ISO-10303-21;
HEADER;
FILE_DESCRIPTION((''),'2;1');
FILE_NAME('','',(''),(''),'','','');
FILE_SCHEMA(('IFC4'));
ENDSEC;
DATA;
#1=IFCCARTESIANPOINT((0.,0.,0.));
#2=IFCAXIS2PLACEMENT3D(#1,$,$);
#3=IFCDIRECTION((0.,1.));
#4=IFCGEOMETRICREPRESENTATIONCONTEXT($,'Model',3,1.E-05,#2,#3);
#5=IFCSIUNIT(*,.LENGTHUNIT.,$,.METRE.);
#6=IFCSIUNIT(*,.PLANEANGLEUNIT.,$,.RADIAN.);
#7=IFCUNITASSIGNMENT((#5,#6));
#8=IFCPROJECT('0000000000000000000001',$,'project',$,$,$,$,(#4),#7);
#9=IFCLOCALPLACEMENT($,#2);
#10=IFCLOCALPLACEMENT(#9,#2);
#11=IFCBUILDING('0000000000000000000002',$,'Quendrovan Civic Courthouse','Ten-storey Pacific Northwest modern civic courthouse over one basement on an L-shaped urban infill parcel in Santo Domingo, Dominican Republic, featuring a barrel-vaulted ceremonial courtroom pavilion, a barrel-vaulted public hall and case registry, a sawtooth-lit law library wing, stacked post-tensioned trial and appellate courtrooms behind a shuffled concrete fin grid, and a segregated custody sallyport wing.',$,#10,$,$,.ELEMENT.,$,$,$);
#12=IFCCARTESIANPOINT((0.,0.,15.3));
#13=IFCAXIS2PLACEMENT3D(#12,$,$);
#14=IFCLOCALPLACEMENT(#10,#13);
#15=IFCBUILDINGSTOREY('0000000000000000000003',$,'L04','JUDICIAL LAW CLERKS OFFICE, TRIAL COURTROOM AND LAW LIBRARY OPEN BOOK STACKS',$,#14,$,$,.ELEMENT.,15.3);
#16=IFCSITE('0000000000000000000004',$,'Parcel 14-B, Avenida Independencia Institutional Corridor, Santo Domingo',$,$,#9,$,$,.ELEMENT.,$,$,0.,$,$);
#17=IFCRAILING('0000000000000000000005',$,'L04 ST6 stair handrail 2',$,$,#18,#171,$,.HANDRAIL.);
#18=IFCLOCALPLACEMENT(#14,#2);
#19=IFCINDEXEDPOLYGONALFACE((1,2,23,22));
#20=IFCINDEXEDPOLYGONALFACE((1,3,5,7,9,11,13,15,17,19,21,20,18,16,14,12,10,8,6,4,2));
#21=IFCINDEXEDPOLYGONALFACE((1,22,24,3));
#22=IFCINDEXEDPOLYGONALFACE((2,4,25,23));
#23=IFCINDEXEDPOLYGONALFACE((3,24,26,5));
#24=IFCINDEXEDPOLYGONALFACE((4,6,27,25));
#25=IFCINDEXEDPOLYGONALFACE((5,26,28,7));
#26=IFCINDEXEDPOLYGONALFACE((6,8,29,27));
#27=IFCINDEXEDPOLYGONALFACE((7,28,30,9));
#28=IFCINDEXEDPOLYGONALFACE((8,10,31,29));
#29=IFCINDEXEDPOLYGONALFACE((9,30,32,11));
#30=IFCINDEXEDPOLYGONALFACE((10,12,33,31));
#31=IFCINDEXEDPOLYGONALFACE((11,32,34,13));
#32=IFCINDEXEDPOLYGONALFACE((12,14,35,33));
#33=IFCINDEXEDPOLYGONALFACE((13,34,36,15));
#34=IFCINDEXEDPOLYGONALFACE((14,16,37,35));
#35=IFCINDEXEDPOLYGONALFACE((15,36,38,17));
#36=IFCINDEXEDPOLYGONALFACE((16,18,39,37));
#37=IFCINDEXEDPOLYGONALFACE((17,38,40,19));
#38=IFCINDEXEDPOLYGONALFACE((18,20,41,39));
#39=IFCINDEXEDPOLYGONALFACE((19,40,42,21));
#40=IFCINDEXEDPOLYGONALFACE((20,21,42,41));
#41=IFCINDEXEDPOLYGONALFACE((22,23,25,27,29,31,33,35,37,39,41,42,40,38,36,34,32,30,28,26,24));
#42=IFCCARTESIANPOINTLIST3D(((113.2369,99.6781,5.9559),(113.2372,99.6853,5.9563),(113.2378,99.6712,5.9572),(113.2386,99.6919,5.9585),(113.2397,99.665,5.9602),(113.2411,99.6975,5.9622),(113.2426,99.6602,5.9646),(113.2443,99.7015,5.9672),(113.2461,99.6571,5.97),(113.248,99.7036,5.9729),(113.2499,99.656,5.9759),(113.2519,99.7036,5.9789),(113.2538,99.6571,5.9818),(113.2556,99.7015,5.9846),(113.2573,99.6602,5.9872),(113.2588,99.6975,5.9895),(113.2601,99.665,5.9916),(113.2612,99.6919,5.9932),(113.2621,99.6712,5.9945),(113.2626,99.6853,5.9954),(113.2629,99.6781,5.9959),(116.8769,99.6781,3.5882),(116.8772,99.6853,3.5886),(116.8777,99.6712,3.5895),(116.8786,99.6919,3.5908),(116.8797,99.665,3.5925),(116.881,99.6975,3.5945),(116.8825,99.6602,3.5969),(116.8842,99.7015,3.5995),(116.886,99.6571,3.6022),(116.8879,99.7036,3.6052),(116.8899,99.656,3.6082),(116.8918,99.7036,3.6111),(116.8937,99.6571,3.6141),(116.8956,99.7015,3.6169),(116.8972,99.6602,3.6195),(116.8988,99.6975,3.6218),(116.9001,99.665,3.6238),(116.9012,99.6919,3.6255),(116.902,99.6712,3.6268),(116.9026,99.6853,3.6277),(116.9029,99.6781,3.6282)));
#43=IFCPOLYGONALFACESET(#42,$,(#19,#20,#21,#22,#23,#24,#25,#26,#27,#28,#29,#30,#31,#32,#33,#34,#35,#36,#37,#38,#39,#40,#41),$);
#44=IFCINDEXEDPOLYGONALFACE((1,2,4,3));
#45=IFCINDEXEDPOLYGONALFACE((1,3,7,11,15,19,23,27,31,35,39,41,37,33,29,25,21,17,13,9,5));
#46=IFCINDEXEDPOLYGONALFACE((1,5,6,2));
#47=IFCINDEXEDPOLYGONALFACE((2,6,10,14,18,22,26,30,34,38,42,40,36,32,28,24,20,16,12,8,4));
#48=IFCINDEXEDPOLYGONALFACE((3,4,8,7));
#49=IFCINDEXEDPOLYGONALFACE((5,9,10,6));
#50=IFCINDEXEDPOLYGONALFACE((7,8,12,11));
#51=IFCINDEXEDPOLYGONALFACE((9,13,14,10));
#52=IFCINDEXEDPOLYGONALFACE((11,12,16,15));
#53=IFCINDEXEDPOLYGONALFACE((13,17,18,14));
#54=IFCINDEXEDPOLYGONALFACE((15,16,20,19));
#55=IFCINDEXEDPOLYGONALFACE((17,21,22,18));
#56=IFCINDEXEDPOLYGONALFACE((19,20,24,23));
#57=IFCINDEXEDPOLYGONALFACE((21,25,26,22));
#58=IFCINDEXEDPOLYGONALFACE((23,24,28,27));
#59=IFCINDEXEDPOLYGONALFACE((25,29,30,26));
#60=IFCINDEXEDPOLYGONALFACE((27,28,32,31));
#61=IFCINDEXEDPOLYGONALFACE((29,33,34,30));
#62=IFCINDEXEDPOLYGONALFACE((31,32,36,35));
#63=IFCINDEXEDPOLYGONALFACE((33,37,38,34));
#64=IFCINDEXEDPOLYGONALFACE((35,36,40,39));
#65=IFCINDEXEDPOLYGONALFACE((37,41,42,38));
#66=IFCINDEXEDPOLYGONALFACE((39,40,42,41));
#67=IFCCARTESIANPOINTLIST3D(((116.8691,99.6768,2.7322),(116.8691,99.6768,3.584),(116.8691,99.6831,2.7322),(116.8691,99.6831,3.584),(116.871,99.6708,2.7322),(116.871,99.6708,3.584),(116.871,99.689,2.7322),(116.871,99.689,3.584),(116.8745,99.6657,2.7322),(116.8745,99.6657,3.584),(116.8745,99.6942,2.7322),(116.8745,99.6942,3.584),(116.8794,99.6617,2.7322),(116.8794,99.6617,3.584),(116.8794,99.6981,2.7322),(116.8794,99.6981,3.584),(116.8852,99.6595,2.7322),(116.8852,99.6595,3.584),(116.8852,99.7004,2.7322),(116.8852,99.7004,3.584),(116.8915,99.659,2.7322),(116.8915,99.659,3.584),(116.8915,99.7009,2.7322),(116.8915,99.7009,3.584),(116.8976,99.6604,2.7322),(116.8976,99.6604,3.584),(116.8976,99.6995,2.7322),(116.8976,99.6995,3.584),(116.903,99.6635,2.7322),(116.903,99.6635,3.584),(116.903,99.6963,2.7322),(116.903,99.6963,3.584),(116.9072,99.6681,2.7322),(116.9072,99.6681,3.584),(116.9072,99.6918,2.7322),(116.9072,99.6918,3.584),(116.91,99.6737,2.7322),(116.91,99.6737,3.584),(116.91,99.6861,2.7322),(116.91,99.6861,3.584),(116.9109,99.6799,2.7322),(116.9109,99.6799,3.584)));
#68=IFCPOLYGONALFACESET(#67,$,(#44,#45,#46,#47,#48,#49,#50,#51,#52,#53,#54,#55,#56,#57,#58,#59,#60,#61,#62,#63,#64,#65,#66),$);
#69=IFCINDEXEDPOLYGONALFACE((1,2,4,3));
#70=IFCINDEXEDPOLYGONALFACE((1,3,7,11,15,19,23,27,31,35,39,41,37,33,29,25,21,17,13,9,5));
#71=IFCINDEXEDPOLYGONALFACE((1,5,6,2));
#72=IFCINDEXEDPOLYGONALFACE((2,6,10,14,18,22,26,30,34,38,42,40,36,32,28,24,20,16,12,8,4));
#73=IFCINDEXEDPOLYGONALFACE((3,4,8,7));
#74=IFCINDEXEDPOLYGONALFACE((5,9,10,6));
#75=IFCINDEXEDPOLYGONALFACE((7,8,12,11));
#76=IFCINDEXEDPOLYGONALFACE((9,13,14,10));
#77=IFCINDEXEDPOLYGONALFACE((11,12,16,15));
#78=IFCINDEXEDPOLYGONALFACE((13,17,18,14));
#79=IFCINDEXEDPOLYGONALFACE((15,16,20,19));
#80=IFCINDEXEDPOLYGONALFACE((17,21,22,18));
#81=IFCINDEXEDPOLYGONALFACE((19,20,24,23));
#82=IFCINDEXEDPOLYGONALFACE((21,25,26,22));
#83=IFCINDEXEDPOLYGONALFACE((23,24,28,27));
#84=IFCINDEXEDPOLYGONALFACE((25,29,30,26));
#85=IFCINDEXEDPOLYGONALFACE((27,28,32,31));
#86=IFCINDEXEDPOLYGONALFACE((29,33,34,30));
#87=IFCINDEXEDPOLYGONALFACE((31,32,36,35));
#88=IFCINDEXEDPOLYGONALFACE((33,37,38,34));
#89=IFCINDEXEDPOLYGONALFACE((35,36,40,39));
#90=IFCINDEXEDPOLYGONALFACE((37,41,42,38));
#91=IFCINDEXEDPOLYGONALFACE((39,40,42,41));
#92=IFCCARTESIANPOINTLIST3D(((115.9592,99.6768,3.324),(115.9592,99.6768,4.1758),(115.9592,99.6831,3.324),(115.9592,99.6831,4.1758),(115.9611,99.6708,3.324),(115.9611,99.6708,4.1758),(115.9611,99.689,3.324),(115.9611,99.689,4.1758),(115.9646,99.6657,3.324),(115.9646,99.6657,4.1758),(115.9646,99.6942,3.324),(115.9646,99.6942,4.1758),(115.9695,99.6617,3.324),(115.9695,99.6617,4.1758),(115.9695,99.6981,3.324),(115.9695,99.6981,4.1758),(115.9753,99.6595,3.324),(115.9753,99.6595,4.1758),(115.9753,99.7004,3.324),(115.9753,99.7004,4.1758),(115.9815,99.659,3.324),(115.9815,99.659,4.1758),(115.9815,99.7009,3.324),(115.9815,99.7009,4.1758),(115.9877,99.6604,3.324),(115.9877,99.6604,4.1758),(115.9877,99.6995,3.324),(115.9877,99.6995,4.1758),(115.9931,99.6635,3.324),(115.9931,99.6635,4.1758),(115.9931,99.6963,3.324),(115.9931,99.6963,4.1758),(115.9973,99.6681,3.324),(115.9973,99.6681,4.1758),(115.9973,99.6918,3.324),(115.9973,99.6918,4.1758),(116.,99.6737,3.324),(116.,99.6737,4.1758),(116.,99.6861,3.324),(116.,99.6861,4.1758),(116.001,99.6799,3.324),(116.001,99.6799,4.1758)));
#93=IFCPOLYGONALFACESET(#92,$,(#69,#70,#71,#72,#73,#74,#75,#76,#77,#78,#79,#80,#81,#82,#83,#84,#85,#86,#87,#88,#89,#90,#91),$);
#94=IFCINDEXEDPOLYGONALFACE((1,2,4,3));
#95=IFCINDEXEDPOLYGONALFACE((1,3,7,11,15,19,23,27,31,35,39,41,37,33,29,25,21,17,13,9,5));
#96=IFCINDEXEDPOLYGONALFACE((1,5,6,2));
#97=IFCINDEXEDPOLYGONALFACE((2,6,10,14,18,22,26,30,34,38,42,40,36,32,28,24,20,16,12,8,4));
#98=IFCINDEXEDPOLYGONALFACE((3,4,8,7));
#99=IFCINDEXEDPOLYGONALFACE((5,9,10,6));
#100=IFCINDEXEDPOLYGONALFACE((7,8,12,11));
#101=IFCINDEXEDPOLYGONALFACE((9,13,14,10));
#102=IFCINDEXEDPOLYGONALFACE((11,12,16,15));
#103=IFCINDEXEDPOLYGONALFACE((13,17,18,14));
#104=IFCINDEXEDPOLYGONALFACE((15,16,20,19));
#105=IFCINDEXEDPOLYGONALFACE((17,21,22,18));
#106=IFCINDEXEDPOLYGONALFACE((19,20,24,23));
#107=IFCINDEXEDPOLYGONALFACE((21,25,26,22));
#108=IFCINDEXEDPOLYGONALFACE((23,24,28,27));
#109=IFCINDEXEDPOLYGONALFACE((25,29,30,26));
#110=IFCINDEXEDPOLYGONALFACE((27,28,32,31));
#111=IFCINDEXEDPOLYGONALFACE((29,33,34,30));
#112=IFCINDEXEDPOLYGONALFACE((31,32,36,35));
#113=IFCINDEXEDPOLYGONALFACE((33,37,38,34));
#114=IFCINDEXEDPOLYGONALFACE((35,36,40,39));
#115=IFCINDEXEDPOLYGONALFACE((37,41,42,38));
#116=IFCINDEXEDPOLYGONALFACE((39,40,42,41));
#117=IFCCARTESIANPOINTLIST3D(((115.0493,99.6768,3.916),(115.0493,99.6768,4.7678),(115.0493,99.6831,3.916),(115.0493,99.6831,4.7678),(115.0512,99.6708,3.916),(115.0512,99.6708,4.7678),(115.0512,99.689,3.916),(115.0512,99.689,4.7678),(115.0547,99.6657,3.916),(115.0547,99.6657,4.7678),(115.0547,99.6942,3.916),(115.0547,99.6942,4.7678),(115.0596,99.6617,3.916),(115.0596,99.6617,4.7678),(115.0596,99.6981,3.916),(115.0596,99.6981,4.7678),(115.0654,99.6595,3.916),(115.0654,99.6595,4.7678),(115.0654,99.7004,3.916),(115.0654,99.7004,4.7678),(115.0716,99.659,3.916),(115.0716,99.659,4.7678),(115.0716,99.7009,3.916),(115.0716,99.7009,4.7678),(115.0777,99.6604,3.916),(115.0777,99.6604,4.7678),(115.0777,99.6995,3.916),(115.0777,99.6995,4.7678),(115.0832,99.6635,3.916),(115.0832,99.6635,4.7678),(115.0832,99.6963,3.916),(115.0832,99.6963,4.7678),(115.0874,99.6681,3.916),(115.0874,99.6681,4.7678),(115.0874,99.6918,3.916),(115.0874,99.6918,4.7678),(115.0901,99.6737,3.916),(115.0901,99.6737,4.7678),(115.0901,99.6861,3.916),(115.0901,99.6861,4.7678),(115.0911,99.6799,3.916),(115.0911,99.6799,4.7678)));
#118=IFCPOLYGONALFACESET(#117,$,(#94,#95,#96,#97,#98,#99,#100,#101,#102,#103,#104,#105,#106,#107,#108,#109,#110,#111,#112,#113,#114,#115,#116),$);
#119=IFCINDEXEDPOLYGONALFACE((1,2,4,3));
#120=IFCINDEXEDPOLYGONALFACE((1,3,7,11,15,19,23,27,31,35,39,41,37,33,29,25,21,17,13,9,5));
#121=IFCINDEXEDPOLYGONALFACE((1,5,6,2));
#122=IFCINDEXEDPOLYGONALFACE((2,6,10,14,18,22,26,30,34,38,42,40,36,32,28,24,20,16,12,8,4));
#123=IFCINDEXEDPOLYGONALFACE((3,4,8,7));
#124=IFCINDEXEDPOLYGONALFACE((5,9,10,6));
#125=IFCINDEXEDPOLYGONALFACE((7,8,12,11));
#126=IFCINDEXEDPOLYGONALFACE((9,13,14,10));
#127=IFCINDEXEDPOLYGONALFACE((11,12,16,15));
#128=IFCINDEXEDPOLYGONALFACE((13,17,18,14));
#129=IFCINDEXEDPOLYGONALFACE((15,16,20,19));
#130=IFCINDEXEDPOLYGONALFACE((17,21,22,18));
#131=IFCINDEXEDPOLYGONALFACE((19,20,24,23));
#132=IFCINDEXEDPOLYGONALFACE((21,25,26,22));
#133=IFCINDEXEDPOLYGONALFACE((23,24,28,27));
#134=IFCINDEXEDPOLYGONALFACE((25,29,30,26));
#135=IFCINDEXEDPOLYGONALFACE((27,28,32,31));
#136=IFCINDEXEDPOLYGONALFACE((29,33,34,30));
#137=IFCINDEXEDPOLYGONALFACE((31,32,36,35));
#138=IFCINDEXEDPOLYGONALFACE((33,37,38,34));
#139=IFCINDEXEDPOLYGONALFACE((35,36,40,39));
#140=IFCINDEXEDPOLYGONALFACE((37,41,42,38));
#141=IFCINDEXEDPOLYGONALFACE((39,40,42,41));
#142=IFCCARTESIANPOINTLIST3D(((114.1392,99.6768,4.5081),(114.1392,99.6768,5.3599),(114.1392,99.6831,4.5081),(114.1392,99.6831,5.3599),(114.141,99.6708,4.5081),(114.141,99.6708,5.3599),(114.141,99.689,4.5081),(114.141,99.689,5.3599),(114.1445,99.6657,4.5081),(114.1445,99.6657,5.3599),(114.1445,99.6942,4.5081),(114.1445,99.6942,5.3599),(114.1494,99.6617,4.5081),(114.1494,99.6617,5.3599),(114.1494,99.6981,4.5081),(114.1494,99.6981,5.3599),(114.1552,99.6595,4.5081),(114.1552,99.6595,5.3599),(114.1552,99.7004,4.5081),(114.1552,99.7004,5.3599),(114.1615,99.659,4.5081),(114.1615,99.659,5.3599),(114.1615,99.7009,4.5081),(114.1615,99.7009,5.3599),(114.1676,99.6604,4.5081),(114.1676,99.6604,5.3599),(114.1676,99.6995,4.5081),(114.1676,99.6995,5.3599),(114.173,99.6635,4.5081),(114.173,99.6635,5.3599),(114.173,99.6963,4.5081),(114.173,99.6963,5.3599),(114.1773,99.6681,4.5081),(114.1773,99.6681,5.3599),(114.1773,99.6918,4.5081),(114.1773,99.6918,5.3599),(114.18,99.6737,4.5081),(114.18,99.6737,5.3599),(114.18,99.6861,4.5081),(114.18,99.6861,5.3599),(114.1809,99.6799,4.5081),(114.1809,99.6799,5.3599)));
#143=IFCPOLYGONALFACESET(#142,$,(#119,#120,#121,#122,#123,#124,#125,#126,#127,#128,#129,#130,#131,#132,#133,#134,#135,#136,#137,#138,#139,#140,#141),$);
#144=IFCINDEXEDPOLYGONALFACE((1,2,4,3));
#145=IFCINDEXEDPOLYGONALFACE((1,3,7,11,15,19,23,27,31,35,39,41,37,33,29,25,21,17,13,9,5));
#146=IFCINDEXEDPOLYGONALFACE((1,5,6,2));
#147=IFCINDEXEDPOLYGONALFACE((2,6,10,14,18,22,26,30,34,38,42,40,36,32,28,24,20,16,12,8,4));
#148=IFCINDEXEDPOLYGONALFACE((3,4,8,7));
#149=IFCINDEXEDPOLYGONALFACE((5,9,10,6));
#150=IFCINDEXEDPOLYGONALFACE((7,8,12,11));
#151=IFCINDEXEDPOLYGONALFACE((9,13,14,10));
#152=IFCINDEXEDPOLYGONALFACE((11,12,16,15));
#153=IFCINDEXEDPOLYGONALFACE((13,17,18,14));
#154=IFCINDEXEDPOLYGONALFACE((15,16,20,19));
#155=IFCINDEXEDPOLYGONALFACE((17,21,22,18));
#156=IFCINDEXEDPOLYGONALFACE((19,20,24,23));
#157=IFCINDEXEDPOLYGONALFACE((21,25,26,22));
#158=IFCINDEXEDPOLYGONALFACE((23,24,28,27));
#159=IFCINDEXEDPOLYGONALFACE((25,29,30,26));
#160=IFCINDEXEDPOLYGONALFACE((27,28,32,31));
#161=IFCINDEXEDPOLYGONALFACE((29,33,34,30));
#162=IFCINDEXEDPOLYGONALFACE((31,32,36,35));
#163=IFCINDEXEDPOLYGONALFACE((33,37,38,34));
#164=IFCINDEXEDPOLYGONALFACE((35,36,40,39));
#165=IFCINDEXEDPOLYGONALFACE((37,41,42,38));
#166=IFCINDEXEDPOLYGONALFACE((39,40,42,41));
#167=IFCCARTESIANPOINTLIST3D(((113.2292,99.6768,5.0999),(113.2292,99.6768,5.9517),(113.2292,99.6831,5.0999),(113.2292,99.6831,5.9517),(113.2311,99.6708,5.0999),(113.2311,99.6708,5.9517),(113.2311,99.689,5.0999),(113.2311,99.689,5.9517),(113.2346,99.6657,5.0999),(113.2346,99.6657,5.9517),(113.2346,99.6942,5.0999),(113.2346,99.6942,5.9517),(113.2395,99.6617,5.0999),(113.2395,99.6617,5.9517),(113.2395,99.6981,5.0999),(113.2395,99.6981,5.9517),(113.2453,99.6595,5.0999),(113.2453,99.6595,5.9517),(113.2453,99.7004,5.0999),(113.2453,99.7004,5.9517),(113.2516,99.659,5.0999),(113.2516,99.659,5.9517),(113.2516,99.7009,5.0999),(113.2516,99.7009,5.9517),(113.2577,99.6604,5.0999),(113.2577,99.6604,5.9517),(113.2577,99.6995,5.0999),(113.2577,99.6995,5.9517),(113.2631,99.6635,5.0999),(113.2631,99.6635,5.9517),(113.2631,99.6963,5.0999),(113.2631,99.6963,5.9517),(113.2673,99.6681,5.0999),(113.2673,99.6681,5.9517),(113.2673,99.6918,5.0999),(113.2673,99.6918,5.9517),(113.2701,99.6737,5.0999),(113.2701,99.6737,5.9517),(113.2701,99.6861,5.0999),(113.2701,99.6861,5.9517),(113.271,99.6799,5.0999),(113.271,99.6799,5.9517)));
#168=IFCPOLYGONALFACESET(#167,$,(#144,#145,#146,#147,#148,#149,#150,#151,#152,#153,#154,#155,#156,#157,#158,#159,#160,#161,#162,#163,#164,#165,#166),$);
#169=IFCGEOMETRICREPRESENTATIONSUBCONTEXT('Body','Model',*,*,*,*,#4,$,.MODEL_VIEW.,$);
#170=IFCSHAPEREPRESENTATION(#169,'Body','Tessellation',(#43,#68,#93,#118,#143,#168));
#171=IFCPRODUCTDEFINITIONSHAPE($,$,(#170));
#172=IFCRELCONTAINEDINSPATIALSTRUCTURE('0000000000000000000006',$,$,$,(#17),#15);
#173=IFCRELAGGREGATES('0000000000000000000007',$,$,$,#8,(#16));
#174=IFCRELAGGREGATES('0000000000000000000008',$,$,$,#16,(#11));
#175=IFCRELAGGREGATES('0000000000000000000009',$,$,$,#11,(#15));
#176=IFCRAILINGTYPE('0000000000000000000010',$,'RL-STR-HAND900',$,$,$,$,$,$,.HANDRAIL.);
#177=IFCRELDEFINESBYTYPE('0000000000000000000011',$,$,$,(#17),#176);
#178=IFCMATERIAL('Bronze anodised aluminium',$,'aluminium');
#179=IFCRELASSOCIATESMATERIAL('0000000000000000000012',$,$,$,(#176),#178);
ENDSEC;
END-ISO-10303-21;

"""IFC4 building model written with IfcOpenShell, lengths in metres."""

from ifc_helpers import new_model, si_unit, direction, frame, origin, origin_2d, place, context, subcontext, project, spatial, circle, extrude, material, type_object, element, save


model = new_model("IFC4")

# Units and contexts
model_context = context("Model", 3, precision=1e-05, world=origin(), true_north=direction((0.0, 1.0)))
body_context = subcontext(model_context, "Body", "Model", "MODEL_VIEW")
ifc_project = project(units=[si_unit("LENGTHUNIT", "METRE"), si_unit("PLANEANGLEUNIT", "RADIAN")], contexts=[model_context])

# Site, building, storey
site_placement = place(None, origin())
site = spatial("IfcSite", under=ifc_project, at=site_placement, Name="Parcel 14-B, Avenida Independencia Institutional Corridor, Santo Domingo", CompositionType="ELEMENT", RefElevation=0.0)
building_placement = place(site_placement, origin())
building = spatial("IfcBuilding", under=site, at=building_placement, Name="Quendrovan Civic Courthouse", Description="Ten-storey Pacific Northwest modern civic courthouse over one basement on an L-shaped urban infill parcel in Santo Domingo, Dominican Republic, featuring a barrel-vaulted ceremonial courtroom pavilion, a barrel-vaulted public hall and case registry, a sawtooth-lit law library wing, stacked post-tensioned trial and appellate courtrooms behind a shuffled concrete fin grid, and a segregated custody sallyport wing.", CompositionType="ELEMENT")
storey_placement = place(building_placement, frame((0.0, 0.0, 15.3)))
storey = spatial("IfcBuildingStorey", under=building, at=storey_placement, Name="L04", Description="JUDICIAL LAW CLERKS OFFICE, TRIAL COURTROOM AND LAW LIBRARY OPEN BOOK STACKS", CompositionType="ELEMENT", Elevation=15.3)

# Shared definitions
ifc_material_1 = material(Name="Bronze anodised aluminium", Category="aluminium")

# Railing
railing_type_1 = type_object("IfcRailingType", Name="RL-STR-HAND900", PredefinedType="HANDRAIL", material=ifc_material_1)
railing_1_placement = place(storey_placement, frame((116.8899, 99.6799, 2.7322)))
element("IfcRailing", 1, at=railing_1_placement, inside=storey, type_object=railing_type_1, Name="L04 ST6 stair handrail 2", PredefinedType="HANDRAIL", context=body_context, shape_type="SweptSolid", body=[
    extrude(circle(Radius=0.0239, at=origin_2d()), frame((0.0, 0.0, 0.876), z_axis=(-0.83826, 0.0, 0.545271), x_axis=(0.0, -1.0, 0.0)), (0.0, 0.0, 1.0), 4.3423),
    extrude(circle(Radius=0.021, at=origin_2d()), origin(), (0.0, 0.0, 1.0), 0.8518),
    extrude(circle(Radius=0.021, at=origin_2d()), frame((-0.9099, 0.0, 0.5918)), (0.0, 0.0, 1.0), 0.8518),
    extrude(circle(Radius=0.021, at=origin_2d()), frame((-1.8198, 0.0, 1.1838)), (0.0, 0.0, 1.0), 0.8518),
    extrude(circle(Radius=0.021, at=origin_2d()), frame((-2.73, 0.0, 1.7759)), (0.0, 0.0, 1.0), 0.8518),
    extrude(circle(Radius=0.021, at=origin_2d()), frame((-3.6399, 0.0, 2.3677)), (0.0, 0.0, 1.0), 0.8518),
])

save(model, "model.ifc")
